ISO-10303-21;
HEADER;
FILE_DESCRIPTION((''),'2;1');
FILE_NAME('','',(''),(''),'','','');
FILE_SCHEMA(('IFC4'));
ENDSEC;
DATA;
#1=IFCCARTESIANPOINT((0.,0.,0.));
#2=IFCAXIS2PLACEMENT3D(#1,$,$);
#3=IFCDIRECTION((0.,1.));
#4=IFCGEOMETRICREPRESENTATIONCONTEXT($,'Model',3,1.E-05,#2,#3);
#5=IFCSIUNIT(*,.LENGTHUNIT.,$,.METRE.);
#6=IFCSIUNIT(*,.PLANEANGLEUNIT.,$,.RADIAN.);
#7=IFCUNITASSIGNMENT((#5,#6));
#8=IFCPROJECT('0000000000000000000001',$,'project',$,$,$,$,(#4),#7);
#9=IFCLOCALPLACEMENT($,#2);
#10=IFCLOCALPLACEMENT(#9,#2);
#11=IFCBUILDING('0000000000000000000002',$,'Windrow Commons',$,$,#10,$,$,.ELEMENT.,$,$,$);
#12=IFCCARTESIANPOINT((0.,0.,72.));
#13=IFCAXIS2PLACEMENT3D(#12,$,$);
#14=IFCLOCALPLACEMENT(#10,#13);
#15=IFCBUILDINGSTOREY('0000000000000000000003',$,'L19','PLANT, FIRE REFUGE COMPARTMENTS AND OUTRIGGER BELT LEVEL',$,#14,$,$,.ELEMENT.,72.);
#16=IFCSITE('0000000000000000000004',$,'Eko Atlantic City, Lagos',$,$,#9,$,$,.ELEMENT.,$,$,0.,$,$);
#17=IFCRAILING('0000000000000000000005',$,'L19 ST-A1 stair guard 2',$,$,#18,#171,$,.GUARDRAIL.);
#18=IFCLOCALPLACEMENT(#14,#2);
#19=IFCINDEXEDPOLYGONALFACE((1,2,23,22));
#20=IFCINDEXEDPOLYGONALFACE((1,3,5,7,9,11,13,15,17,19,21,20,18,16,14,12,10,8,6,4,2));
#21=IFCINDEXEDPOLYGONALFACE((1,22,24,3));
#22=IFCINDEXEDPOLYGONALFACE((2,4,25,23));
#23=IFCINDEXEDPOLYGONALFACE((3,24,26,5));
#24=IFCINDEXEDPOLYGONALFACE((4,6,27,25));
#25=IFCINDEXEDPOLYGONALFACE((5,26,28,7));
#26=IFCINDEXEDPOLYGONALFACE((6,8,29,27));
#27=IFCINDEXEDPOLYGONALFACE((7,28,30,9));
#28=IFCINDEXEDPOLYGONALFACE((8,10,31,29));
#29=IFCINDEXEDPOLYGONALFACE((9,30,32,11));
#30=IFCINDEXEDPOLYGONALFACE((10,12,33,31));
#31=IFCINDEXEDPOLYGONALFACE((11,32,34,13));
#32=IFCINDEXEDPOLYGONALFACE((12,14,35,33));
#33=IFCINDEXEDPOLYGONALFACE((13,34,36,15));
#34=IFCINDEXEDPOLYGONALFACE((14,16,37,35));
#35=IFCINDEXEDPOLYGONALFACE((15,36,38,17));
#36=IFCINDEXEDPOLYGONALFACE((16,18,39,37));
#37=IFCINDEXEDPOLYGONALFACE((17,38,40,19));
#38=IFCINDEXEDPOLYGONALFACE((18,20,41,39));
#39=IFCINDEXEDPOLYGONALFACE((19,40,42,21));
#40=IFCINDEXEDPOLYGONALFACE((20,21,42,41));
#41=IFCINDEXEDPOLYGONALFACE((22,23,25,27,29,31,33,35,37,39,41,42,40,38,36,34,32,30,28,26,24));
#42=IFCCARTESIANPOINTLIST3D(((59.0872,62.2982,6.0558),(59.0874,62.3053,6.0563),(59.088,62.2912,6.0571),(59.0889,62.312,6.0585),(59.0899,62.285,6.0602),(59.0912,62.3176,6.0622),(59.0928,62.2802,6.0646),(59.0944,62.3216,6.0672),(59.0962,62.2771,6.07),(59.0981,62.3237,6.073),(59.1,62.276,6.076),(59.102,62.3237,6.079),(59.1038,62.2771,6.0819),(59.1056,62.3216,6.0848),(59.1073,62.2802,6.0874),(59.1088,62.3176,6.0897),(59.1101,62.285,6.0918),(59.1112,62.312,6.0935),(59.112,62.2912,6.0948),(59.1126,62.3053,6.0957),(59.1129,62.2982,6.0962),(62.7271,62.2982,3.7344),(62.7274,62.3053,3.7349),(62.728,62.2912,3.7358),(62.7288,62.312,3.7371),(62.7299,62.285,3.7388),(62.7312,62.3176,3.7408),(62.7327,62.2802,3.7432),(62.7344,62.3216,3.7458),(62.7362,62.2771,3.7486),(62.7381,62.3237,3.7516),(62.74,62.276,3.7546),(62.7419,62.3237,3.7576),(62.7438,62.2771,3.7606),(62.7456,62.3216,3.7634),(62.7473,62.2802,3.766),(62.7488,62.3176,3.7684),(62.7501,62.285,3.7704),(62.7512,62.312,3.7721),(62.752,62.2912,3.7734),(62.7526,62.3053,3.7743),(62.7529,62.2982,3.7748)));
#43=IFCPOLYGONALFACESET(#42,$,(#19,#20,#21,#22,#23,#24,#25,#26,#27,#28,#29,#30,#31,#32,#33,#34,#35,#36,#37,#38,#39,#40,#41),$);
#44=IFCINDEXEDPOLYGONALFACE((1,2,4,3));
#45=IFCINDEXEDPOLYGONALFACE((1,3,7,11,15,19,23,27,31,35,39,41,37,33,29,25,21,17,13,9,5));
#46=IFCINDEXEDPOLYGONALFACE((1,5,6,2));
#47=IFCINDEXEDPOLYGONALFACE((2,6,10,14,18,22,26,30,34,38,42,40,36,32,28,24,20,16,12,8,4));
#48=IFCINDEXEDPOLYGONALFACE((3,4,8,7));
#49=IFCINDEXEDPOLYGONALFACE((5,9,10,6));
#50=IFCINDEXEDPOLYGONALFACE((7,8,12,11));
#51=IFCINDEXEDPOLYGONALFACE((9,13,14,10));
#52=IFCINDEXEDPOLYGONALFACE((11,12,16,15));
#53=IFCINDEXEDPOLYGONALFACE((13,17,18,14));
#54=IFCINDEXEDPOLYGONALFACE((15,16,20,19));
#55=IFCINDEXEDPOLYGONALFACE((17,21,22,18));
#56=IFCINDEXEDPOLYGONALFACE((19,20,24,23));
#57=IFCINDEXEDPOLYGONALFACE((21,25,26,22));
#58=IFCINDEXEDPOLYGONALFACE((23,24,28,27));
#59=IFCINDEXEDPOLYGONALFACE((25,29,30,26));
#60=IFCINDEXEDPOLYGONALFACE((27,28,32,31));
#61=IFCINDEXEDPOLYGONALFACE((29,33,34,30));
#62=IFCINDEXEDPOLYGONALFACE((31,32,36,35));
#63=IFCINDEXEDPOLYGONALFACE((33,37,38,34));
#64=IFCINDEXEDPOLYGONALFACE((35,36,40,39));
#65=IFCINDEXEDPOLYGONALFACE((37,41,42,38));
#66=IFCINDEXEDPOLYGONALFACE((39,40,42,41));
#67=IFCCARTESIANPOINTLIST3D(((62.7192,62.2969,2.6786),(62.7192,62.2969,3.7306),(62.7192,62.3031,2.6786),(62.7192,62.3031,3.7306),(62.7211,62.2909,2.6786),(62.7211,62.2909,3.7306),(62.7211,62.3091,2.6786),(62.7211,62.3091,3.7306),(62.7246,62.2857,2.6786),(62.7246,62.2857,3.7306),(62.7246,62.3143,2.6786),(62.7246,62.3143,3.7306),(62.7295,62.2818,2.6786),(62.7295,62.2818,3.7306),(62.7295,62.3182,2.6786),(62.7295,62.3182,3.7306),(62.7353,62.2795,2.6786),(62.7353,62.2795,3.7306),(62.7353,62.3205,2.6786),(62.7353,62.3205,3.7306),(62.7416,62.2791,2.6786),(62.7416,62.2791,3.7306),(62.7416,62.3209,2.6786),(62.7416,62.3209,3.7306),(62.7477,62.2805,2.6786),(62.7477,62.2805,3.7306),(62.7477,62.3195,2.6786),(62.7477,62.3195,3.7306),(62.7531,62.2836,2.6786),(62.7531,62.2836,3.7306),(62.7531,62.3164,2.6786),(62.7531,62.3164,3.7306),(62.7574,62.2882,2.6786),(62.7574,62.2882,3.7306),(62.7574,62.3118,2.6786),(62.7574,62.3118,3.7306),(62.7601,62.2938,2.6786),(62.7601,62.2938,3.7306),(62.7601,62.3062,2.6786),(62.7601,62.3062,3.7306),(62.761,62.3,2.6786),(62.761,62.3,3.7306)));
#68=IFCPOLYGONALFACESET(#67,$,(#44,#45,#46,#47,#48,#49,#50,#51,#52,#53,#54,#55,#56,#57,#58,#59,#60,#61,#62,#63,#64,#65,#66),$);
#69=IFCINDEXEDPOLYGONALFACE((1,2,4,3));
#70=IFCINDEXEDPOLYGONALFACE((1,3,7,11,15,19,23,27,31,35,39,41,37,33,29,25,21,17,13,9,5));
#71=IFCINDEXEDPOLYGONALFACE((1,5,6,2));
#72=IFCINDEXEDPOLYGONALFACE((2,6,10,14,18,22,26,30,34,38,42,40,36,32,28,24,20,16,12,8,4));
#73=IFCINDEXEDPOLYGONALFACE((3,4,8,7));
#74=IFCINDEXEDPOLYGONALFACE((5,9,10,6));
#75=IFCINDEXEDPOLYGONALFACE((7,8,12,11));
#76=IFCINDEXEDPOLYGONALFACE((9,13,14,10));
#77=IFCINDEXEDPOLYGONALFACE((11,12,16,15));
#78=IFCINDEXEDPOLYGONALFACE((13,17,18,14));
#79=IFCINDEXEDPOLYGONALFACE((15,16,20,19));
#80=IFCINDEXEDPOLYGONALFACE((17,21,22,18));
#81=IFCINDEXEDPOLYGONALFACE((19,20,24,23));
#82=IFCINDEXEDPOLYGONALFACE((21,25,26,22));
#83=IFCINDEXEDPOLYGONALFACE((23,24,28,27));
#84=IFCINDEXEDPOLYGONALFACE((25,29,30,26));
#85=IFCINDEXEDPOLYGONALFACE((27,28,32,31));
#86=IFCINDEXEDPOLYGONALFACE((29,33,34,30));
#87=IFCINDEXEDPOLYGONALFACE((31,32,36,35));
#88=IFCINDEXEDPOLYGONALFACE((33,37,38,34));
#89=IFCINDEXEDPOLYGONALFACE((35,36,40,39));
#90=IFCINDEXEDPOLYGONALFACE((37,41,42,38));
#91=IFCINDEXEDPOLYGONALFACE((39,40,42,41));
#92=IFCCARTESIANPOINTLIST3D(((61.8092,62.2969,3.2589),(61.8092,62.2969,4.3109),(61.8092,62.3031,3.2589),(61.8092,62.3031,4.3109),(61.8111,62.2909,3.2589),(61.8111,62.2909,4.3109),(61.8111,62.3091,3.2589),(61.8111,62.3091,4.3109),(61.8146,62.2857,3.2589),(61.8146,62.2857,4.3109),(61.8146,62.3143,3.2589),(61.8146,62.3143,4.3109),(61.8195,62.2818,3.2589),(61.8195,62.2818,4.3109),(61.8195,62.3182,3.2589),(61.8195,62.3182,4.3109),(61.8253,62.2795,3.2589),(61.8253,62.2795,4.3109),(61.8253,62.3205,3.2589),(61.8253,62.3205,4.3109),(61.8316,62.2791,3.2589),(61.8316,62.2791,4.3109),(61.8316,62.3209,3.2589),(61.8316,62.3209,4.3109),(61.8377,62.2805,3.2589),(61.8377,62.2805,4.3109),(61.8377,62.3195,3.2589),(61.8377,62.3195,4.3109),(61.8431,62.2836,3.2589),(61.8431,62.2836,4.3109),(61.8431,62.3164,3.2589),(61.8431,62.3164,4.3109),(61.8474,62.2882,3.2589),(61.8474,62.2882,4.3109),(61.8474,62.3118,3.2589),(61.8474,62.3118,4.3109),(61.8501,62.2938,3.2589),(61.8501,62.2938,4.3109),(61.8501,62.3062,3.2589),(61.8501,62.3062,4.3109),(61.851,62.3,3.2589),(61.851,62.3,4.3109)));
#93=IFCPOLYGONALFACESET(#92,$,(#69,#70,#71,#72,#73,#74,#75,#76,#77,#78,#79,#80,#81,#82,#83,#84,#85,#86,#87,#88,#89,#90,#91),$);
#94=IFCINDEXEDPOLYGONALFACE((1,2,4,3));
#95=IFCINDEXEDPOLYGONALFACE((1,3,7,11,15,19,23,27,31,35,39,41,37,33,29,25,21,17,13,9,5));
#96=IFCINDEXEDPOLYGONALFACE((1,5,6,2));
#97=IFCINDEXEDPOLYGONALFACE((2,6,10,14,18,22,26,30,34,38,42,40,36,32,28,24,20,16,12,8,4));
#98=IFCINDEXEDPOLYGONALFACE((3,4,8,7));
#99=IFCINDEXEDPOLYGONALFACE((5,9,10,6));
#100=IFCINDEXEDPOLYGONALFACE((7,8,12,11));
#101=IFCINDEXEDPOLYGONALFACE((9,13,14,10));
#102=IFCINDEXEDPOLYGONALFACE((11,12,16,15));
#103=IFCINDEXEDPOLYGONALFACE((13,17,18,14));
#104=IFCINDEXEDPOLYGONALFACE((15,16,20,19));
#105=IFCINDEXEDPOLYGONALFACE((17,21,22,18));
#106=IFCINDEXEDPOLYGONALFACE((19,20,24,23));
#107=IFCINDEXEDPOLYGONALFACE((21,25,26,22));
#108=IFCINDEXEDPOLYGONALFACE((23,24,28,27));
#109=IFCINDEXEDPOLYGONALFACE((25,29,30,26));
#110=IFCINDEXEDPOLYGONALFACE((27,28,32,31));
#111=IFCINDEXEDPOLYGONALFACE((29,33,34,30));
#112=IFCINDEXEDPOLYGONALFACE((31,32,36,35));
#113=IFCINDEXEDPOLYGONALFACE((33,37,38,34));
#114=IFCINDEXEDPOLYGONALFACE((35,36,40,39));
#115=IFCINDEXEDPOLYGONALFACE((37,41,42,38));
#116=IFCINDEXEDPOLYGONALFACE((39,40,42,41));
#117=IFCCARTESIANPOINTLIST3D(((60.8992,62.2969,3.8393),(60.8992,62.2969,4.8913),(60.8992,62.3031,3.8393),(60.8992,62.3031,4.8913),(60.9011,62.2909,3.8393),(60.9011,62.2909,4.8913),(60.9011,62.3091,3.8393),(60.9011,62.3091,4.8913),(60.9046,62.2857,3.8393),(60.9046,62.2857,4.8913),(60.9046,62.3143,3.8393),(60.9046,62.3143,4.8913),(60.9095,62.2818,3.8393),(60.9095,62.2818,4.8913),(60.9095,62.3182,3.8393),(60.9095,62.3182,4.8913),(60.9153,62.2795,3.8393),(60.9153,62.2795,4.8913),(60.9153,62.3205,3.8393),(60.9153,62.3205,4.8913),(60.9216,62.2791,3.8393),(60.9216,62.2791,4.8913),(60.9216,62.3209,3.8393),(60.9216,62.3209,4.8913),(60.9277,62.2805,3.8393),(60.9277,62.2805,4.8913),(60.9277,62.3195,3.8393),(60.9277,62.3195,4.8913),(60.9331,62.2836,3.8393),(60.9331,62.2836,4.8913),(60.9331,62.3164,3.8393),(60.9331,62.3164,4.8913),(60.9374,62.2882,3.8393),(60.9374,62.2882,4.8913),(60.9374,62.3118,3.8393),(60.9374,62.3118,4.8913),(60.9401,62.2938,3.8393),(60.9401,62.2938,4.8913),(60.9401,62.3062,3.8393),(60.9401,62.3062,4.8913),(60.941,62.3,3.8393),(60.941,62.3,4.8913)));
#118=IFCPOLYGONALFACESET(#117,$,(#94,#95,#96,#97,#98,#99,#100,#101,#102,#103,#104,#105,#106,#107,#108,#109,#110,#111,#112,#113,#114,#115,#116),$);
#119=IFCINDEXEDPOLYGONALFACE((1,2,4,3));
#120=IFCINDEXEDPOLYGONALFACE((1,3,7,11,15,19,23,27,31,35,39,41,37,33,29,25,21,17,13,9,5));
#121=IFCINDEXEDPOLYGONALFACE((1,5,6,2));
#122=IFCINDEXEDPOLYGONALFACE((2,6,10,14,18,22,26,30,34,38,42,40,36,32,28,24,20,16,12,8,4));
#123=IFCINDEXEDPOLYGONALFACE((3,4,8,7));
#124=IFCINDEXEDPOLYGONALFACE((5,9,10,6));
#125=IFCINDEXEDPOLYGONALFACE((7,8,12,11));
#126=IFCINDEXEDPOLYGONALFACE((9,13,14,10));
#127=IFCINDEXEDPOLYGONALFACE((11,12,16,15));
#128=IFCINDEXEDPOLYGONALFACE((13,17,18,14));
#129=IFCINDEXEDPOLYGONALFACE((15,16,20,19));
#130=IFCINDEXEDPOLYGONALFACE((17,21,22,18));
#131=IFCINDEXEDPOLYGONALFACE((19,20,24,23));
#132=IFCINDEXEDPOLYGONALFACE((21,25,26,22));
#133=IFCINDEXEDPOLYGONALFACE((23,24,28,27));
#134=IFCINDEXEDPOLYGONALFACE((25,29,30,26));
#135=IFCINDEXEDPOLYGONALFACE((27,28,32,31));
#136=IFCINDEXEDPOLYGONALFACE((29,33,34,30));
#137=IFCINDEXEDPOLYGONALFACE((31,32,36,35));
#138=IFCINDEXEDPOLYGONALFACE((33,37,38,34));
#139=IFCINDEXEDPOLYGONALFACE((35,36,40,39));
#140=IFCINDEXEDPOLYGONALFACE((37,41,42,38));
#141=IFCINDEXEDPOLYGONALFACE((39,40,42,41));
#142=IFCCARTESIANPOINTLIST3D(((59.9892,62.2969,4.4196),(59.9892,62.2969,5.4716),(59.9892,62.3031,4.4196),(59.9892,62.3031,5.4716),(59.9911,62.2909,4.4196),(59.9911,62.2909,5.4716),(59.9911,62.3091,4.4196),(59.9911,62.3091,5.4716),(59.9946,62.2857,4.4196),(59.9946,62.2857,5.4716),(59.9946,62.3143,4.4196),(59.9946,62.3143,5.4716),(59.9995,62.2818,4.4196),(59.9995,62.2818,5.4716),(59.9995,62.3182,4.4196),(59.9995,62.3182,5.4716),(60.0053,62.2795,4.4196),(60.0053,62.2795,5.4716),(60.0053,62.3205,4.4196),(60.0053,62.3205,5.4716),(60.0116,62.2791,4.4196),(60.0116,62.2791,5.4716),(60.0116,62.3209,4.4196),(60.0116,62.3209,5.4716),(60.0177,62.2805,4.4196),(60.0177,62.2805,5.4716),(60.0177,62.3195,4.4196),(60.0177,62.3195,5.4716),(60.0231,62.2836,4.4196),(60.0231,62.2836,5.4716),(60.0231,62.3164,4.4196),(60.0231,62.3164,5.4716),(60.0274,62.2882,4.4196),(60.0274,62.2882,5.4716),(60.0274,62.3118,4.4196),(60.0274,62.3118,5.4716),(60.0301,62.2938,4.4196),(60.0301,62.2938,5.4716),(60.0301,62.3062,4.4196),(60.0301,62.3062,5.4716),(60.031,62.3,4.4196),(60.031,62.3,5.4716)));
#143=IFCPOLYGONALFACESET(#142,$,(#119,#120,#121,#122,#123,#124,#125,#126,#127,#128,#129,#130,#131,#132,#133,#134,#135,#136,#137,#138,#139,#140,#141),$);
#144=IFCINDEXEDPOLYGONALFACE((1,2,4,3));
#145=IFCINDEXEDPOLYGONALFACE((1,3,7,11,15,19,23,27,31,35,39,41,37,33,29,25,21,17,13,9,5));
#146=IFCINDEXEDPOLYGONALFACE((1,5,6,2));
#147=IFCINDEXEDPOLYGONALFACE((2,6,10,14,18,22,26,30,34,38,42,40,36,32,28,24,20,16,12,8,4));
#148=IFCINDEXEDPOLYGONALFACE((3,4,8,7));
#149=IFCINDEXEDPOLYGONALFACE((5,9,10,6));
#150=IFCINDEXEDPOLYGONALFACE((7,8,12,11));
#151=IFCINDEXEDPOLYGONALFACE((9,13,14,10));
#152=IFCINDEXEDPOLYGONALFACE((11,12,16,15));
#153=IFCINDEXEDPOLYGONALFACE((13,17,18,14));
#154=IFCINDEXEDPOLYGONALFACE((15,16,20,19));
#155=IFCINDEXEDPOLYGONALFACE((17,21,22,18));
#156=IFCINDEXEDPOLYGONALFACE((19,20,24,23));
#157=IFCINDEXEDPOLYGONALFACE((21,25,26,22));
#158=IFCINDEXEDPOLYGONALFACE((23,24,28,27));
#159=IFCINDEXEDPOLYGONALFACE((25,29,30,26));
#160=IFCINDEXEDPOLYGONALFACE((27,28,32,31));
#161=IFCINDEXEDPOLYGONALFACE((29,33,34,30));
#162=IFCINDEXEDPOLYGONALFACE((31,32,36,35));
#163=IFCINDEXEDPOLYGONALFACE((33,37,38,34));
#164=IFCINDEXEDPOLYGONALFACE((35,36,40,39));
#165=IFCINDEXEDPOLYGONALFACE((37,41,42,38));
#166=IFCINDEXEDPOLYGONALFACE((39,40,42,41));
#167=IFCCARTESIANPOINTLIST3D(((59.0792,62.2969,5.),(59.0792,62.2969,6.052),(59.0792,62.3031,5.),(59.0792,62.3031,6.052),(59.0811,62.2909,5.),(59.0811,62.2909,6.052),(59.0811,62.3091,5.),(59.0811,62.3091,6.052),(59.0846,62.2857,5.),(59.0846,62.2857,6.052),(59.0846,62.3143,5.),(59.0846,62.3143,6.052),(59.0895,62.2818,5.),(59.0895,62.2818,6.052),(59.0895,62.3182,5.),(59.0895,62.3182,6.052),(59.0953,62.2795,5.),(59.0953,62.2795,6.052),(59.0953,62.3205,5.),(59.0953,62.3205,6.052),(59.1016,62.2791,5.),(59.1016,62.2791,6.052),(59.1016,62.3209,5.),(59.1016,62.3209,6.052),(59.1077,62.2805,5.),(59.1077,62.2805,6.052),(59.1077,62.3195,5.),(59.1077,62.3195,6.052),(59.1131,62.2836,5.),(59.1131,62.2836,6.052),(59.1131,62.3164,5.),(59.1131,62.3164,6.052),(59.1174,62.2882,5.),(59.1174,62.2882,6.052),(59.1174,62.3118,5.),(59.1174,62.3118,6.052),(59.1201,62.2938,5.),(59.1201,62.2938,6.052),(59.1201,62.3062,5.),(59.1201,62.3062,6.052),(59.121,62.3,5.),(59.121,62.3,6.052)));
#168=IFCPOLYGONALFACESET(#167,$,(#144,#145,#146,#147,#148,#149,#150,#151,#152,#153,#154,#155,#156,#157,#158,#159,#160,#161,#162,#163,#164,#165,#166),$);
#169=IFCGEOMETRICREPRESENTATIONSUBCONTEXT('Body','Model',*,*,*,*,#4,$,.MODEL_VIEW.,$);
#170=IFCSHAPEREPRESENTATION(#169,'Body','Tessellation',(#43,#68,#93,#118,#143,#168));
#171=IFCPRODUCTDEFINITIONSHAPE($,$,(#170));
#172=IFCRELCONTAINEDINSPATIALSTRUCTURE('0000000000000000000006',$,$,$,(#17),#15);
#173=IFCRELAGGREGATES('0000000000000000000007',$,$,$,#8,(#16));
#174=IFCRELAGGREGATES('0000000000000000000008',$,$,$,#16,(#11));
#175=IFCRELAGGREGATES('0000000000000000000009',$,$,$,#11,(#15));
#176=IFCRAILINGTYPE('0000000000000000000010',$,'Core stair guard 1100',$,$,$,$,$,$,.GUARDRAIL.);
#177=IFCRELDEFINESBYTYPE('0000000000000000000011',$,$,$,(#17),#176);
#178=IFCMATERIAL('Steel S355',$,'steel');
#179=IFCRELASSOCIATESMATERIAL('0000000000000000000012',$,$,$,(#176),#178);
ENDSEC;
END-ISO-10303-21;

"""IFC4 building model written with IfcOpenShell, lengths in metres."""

from ifc_helpers import new_model, si_unit, direction, frame, origin, origin_2d, place, context, subcontext, project, spatial, circle, extrude, material, type_object, element, save


model = new_model("IFC4")

# Units and contexts
model_context = context("Model", 3, precision=1e-05, world=origin(), true_north=direction((0.0, 1.0)))
body_context = subcontext(model_context, "Body", "Model", "MODEL_VIEW")
ifc_project = project(units=[si_unit("LENGTHUNIT", "METRE"), si_unit("PLANEANGLEUNIT", "RADIAN")], contexts=[model_context])

# Site, building, storey
site_placement = place(None, origin())
site = spatial("IfcSite", under=ifc_project, at=site_placement, Name="Eko Atlantic City, Lagos", CompositionType="ELEMENT", RefElevation=0.0)
building_placement = place(site_placement, origin())
building = spatial("IfcBuilding", under=site, at=building_placement, Name="Windrow Commons", CompositionType="ELEMENT")
storey_placement = place(building_placement, frame((0.0, 0.0, 72.0)))
storey = spatial("IfcBuildingStorey", under=building, at=storey_placement, Name="L19", Description="PLANT, FIRE REFUGE COMPARTMENTS AND OUTRIGGER BELT LEVEL", CompositionType="ELEMENT", Elevation=72.0)

# Railing
ifc_material_1 = material(Name="Steel S355", Category="steel")
railing_type_1 = type_object("IfcRailingType", Name="Core stair guard 1100", PredefinedType="GUARDRAIL", material=ifc_material_1)
railing_1_placement = place(storey_placement, frame((62.74, 62.3, 2.6786)))
element("IfcRailing", 1, at=railing_1_placement, inside=storey, type_object=railing_type_1, Name="L19 ST-A1 stair guard 2", PredefinedType="GUARDRAIL", context=body_context, shape_type="SweptSolid", body=[
    extrude(circle(Radius=0.024, at=origin_2d()), frame((0.0, 0.0, 1.076), z_axis=(-0.843133, 0.0, 0.537706), x_axis=(0.0, -1.0, 0.0)), (0.0, 0.0, 1.0), 4.3172),
    extrude(circle(Radius=0.021, at=origin_2d()), origin(), (0.0, 0.0, 1.0), 1.052),
    extrude(circle(Radius=0.021, at=origin_2d()), frame((-0.91, 0.0, 0.5803)), (0.0, 0.0, 1.0), 1.052),
    extrude(circle(Radius=0.021, at=origin_2d()), frame((-1.82, 0.0, 1.1607)), (0.0, 0.0, 1.0), 1.052),
    extrude(circle(Radius=0.021, at=origin_2d()), frame((-2.73, 0.0, 1.741)), (0.0, 0.0, 1.0), 1.052),
    extrude(circle(Radius=0.021, at=origin_2d()), frame((-3.64, 0.0, 2.3214)), (0.0, 0.0, 1.0), 1.052),
])

save(model, "model.ifc")
